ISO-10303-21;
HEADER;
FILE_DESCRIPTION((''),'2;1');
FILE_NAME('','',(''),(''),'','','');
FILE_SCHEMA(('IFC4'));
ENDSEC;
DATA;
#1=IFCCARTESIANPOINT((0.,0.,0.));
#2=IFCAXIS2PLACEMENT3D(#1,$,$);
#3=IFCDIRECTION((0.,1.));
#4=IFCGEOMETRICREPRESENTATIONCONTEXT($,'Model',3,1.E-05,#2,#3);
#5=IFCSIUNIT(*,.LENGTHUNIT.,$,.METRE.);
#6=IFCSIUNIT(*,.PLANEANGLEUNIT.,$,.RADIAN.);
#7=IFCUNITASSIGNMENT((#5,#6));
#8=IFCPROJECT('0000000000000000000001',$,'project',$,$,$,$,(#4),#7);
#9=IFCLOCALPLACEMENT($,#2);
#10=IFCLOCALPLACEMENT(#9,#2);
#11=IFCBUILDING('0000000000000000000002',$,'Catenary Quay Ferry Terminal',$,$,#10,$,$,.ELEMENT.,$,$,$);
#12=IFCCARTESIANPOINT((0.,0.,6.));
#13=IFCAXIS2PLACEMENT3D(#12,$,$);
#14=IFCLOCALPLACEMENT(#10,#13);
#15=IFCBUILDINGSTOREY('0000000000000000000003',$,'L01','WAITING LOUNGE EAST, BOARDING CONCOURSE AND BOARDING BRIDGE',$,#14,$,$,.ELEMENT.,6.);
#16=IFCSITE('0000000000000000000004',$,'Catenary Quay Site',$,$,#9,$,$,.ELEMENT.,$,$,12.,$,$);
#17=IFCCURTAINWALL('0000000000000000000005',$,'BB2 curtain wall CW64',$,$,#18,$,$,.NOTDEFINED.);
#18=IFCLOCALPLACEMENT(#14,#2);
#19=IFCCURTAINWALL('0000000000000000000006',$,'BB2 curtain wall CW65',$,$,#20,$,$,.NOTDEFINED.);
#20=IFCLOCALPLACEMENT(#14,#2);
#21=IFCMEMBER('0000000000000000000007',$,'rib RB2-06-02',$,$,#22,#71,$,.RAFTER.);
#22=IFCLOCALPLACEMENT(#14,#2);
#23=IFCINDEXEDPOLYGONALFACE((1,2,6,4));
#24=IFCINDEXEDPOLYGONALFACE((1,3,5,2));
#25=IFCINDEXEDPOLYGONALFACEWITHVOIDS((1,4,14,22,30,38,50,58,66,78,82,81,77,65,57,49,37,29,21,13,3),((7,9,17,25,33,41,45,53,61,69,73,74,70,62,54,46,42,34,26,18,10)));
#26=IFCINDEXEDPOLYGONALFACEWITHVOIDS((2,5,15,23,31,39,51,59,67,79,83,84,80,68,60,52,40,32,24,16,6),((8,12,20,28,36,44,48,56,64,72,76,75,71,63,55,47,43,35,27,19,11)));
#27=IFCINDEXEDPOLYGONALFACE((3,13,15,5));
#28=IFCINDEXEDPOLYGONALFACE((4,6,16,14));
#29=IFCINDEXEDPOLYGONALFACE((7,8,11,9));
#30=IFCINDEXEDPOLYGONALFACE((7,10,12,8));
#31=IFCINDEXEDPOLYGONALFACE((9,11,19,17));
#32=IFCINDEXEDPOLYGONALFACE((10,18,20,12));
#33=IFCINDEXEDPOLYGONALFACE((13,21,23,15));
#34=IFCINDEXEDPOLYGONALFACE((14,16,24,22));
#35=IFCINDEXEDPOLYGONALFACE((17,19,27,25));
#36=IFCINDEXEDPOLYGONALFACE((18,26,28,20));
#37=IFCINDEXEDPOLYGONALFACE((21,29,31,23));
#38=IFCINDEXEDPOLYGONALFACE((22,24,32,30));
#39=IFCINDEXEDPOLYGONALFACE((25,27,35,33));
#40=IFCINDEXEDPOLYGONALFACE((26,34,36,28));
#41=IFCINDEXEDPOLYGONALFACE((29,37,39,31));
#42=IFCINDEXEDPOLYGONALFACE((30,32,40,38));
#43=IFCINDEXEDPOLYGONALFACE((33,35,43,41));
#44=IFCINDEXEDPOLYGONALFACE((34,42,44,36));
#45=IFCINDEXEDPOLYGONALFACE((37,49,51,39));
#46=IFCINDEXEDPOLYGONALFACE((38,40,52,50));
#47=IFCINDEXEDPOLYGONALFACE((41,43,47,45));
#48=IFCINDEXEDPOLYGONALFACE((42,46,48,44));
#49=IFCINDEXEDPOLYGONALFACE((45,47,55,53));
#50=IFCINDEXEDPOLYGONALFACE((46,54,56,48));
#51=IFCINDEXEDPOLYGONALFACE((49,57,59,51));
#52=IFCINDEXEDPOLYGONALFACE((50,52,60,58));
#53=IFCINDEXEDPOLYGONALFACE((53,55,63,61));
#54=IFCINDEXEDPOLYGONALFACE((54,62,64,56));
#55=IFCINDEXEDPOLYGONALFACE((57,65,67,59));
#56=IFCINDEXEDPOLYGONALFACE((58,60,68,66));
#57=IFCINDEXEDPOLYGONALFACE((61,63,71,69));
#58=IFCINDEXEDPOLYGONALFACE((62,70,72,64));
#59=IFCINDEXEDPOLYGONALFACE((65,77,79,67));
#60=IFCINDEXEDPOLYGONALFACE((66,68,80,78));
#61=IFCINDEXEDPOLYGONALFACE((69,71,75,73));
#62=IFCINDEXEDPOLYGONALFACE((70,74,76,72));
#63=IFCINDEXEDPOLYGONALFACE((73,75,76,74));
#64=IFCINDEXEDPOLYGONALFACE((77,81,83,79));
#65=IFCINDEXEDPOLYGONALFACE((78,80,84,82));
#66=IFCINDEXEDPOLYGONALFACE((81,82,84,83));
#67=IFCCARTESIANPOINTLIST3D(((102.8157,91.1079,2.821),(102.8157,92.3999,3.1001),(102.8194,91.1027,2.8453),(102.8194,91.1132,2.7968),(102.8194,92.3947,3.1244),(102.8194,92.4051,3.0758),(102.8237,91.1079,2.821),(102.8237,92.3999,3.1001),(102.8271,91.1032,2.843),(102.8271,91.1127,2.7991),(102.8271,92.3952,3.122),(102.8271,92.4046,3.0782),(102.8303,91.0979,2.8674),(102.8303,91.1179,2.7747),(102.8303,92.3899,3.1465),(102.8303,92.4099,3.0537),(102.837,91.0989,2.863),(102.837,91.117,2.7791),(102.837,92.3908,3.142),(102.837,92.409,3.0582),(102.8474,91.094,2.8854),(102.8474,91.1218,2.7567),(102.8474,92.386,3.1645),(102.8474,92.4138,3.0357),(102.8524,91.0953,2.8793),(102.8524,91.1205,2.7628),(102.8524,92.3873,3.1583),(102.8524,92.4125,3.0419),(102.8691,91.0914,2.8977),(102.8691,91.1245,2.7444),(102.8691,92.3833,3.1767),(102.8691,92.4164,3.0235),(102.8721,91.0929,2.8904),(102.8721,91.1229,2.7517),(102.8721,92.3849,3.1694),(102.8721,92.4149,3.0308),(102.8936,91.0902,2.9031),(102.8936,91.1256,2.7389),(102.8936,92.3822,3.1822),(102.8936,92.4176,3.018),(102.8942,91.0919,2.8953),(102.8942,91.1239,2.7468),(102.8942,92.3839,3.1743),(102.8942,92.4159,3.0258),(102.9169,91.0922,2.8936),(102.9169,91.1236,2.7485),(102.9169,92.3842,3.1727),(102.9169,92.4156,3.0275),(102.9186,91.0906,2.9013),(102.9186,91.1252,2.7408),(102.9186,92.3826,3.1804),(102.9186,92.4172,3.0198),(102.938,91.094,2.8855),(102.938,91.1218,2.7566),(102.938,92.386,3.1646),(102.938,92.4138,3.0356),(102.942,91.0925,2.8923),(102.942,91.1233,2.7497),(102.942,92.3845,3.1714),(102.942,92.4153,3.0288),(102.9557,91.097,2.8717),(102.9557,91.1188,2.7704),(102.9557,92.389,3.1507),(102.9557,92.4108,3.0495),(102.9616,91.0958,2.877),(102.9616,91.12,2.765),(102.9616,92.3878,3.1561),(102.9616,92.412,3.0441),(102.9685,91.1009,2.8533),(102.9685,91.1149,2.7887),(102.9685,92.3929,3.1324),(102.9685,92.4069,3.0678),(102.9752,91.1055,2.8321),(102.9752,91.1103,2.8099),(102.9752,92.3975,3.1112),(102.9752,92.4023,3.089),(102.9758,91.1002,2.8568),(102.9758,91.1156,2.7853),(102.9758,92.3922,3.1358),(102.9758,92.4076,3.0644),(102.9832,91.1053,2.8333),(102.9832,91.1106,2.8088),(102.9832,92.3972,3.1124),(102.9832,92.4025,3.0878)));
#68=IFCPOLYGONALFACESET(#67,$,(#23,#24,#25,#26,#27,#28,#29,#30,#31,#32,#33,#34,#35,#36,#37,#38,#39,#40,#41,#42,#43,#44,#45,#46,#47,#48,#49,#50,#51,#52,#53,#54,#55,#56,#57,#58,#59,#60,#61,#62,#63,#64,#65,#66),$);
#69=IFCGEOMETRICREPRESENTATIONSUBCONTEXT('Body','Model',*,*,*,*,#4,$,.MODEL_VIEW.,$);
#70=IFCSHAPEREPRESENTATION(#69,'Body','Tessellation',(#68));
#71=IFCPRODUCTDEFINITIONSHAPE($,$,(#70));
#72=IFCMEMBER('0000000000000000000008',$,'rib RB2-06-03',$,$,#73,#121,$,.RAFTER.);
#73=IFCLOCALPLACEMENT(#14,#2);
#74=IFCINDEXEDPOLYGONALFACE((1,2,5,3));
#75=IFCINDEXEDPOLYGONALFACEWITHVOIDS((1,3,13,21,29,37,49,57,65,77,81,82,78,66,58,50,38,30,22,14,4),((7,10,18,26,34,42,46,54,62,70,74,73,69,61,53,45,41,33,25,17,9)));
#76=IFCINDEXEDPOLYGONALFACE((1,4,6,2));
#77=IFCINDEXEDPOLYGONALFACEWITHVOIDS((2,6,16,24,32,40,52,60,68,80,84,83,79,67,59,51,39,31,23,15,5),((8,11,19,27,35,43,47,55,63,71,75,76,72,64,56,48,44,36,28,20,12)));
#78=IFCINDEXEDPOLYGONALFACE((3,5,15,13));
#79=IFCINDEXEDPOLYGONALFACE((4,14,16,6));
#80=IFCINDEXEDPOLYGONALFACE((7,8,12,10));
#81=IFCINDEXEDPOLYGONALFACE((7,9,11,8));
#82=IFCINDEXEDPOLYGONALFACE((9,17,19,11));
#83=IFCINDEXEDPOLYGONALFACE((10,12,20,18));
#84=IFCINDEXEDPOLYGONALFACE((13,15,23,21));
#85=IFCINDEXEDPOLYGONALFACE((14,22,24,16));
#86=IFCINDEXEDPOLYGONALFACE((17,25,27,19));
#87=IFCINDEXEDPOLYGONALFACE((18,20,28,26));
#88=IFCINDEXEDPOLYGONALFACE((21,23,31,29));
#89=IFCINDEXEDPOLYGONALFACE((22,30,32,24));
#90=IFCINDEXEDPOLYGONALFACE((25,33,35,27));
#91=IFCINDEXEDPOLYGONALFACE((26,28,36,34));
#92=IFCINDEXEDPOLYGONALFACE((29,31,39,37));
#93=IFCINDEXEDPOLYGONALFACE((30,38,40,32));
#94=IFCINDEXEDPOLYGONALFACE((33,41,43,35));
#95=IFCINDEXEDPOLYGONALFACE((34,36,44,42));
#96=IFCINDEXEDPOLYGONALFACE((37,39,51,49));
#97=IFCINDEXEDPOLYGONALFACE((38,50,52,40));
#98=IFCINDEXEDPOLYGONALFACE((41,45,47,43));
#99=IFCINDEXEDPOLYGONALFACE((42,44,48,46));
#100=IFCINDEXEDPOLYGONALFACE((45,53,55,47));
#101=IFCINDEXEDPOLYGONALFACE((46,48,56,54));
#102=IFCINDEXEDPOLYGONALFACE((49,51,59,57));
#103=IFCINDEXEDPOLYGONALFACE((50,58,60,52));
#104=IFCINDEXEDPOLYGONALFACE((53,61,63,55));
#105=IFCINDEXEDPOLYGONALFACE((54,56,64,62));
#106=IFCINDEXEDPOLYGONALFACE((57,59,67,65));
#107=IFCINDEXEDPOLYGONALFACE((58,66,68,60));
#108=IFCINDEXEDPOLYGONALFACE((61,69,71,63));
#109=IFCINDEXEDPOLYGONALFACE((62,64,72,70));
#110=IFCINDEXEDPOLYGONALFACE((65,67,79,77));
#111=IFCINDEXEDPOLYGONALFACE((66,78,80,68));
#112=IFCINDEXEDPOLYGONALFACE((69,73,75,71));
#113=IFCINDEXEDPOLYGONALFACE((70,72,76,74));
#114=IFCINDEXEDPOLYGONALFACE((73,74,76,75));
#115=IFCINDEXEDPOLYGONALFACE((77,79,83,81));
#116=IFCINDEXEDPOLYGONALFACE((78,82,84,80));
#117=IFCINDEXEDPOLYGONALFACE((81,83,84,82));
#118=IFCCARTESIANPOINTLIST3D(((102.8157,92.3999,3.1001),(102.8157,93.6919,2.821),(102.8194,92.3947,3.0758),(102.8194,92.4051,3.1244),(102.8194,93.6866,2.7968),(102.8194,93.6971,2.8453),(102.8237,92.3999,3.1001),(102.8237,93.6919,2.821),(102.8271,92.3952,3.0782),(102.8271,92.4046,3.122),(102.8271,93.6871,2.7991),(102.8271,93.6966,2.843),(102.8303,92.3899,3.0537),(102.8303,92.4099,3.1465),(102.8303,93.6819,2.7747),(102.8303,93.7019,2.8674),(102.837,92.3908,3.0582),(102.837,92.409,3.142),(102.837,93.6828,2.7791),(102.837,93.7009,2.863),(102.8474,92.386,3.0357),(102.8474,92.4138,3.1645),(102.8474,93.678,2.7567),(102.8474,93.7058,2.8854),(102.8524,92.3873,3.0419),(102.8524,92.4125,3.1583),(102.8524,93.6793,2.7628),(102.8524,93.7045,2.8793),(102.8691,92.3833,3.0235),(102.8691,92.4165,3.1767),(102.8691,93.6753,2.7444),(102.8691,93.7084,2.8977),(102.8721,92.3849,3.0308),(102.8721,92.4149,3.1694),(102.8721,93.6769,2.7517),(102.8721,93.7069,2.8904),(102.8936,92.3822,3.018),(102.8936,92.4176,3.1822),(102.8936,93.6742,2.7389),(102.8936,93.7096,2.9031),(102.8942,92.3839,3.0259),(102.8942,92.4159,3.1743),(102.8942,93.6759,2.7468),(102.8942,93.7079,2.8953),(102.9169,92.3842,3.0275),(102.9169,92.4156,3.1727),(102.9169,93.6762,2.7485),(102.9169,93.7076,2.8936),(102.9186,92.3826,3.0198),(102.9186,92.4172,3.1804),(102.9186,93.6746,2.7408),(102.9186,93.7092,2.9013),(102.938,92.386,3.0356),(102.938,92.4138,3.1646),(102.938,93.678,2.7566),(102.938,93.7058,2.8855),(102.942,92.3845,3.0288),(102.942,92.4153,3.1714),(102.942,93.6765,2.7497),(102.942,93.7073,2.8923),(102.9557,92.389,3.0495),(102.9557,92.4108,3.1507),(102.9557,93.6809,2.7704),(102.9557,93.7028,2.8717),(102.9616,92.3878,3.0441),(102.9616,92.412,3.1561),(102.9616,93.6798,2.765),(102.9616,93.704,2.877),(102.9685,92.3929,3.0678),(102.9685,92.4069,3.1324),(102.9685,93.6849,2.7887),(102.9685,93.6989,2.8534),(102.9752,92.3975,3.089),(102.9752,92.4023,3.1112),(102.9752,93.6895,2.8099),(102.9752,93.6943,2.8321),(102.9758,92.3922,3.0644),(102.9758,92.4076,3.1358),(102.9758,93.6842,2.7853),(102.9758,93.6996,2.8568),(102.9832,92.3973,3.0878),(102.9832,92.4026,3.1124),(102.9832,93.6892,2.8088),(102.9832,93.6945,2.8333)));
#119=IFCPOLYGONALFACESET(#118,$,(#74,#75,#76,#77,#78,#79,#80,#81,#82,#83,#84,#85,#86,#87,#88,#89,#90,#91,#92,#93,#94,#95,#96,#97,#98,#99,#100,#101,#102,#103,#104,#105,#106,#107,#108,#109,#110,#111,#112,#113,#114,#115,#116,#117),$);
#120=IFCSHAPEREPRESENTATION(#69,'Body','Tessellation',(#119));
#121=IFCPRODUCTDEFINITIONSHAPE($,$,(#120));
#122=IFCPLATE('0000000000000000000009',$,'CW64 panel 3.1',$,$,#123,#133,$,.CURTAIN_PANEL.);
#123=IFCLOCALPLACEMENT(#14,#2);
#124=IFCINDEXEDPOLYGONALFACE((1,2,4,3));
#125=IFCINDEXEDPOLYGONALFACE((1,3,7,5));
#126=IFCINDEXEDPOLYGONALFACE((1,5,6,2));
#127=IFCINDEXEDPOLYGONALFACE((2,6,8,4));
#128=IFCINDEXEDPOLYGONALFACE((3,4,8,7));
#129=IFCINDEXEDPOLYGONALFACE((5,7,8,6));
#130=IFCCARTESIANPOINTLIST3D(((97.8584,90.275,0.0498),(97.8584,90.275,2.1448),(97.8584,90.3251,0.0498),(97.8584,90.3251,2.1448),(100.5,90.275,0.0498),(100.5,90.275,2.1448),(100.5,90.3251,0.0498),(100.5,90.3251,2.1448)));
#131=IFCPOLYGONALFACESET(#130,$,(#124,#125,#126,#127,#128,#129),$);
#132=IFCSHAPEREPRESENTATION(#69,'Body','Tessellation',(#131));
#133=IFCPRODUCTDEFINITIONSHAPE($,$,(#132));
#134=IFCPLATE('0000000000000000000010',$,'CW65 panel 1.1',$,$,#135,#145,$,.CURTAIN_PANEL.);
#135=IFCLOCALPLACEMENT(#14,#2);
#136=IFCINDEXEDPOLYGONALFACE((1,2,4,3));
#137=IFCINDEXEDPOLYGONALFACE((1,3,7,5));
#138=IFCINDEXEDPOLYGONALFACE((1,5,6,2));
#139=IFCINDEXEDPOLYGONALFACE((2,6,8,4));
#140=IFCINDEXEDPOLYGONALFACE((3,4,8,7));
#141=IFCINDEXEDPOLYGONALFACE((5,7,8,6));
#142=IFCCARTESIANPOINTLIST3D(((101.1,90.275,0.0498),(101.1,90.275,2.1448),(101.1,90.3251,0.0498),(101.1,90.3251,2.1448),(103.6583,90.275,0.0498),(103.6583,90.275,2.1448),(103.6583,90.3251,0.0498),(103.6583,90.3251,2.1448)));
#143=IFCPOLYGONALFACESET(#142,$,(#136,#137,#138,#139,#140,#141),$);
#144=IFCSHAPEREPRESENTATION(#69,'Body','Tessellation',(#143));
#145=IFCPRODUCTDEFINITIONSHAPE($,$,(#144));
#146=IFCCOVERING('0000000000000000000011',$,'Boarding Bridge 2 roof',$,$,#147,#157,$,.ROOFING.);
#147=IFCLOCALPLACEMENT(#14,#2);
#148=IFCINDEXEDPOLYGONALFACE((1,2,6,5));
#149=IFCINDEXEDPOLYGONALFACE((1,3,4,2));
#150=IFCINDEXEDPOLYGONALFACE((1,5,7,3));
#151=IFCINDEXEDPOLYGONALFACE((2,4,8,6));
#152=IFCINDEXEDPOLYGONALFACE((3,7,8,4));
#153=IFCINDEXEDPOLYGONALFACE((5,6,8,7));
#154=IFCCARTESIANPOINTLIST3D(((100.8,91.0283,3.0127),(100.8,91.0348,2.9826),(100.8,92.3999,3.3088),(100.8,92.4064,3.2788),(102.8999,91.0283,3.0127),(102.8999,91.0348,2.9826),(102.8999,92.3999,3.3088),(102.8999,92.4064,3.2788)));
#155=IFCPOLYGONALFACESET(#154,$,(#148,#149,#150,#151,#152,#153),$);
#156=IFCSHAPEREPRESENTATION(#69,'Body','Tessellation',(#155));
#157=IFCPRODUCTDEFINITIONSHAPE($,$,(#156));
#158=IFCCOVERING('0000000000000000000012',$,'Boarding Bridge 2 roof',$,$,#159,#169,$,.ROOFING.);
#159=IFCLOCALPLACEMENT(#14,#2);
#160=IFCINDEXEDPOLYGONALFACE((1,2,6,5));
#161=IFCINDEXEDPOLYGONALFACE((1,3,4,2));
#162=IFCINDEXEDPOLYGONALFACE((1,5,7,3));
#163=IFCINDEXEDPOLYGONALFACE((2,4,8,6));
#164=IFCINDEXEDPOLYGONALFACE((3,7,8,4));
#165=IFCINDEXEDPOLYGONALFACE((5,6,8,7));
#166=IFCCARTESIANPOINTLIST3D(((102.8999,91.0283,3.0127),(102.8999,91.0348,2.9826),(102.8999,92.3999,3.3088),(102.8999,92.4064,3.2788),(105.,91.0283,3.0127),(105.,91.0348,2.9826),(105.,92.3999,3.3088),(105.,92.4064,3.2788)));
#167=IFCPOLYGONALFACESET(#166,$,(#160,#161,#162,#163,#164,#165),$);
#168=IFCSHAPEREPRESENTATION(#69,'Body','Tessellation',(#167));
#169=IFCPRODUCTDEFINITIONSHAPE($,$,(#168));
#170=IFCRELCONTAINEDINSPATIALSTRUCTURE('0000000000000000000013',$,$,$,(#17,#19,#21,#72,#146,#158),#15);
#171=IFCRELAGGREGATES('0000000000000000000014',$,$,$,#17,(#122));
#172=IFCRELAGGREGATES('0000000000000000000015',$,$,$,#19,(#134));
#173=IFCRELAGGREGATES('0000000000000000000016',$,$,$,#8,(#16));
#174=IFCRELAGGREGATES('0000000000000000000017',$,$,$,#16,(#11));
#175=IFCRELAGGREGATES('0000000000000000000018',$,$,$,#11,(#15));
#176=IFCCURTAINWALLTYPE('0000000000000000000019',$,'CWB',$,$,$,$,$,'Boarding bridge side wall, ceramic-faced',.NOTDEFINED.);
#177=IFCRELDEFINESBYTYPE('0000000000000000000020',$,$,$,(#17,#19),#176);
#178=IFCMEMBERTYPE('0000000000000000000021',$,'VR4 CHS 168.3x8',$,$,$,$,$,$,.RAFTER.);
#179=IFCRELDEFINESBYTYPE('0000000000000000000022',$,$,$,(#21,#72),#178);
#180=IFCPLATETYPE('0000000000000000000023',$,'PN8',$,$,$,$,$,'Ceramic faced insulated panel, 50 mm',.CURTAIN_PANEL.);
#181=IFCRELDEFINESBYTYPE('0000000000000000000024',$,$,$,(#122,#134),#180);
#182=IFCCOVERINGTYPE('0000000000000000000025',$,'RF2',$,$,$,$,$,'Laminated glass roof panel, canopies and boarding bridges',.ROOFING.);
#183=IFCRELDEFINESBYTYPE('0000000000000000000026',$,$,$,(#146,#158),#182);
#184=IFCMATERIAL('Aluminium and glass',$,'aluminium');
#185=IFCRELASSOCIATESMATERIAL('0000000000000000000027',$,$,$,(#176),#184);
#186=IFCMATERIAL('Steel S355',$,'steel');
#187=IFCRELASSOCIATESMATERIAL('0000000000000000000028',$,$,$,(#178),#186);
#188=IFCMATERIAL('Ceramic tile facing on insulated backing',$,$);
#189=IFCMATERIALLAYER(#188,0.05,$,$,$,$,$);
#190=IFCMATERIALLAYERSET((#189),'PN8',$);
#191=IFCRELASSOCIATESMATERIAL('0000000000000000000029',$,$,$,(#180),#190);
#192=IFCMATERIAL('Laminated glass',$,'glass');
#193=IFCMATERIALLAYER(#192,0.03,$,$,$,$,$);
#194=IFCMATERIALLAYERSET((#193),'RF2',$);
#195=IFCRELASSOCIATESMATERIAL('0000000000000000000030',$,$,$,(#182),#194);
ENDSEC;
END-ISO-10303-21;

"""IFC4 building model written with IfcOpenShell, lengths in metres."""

from ifc_helpers import new_model, si_unit, direction, frame, origin, origin_2d, place, context, subcontext, project, spatial, polyline, rectangle, hollow_circle, outline, extrude, material, layer, layer_set, material_profile, profile_set, type_object, element, aggregate, save


model = new_model("IFC4")

# Units and contexts
model_context = context("Model", 3, precision=1e-05, world=origin(), true_north=direction((0.0, 1.0)))
body_context = subcontext(model_context, "Body", "Model", "MODEL_VIEW")
ifc_project = project(units=[si_unit("LENGTHUNIT", "METRE"), si_unit("PLANEANGLEUNIT", "RADIAN")], contexts=[model_context])

# Site, building, storey
site_placement = place(None, origin())
site = spatial("IfcSite", under=ifc_project, at=site_placement, Name="Catenary Quay Site", CompositionType="ELEMENT", RefElevation=12.0)
building_placement = place(site_placement, origin())
building = spatial("IfcBuilding", under=site, at=building_placement, Name="Catenary Quay Ferry Terminal", CompositionType="ELEMENT")
storey_placement = place(building_placement, frame((0.0, 0.0, 6.0)))
storey = spatial("IfcBuildingStorey", under=building, at=storey_placement, Name="L01", Description="WAITING LOUNGE EAST, BOARDING CONCOURSE AND BOARDING BRIDGE", CompositionType="ELEMENT", Elevation=6.0)

# Curtain wall
ifc_material_1 = material(Name="Aluminium and glass", Category="aluminium")
curtain_wall_type = type_object("IfcCurtainWallType", Name="CWB", ElementType="Boarding bridge side wall, ceramic-faced", PredefinedType="NOTDEFINED", material=ifc_material_1)
curtain_wall_1_placement = place(storey_placement, origin())
curtain_wall_1 = element("IfcCurtainWall", 1, at=curtain_wall_1_placement, inside=storey, type_object=curtain_wall_type, Name="BB2 curtain wall CW64", PredefinedType="NOTDEFINED")

# Curtain wall
curtain_wall_2_placement = place(storey_placement, origin())
curtain_wall_2 = element("IfcCurtainWall", 2, at=curtain_wall_2_placement, inside=storey, type_object=curtain_wall_type, Name="BB2 curtain wall CW65", PredefinedType="NOTDEFINED")

# Members
ifc_material_2 = material(Name="Steel S355", Category="steel")
ifc_material_profile_1 = material_profile(ifc_material_2, hollow_circle(Radius=0.0842, WallThickness=0.0081, at=origin_2d()), Name="CHS 168.3x8")
ifc_profile_set_1 = profile_set([ifc_material_profile_1], Name="Steel S355")
member_type_1 = type_object("IfcMemberType", Name="VR4 CHS 168.3x8", PredefinedType="RAFTER", material=ifc_profile_set_1)
for number, where, z_axis, x_axis, name in (
    (3, (102.8999, 91.1079, 2.821), (0.0, 0.977461, 0.211118), (-1.0, 0.0, 0.0), "rib RB2-06-02"),
    (4, (102.8999, 92.3999, 3.1001), (0.0, 0.977461, -0.211118), (-1.0, 0.0, 0.0), "rib RB2-06-03"),
):
    element("IfcMember", number, at=place(storey_placement, frame(where, z_axis=z_axis, x_axis=x_axis)), inside=storey, type_object=member_type_1, Name=name, PredefinedType="RAFTER", context=body_context, shape_type="SweptSolid", body=[
        extrude(hollow_circle(Radius=0.0842, WallThickness=0.0081, at=origin_2d()), origin(), (0.0, 0.0, 1.0), 1.3218),
    ])

# Plates
ifc_material_3 = material(Name="Ceramic tile facing on insulated backing")
ifc_layer_1 = layer(ifc_material_3, 0.05)
ifc_layer_set_1 = layer_set([ifc_layer_1], Name="PN8")
plate_type = type_object("IfcPlateType", Name="PN8", ElementType="Ceramic faced insulated panel, 50 mm", PredefinedType="CURTAIN_PANEL", material=ifc_layer_set_1)
plate_1_placement = place(storey_placement, frame((99.1792, 90.3, 0.0498), z_axis=(0.0, 0.0, 1.0), x_axis=(1.0, 0.0, 0.0)))
plate_1 = element("IfcPlate", 5, at=plate_1_placement, type_object=plate_type, Name="CW64 panel 3.1", PredefinedType="CURTAIN_PANEL", context=body_context, shape_type="SweptSolid", body=[
    extrude(rectangle(XDim=2.6416, YDim=0.05, at=origin_2d()), origin(), (0.0, 0.0, 1.0), 2.095),
])
aggregate(curtain_wall_1, [plate_1])
plate_2_placement = place(storey_placement, frame((102.3792, 90.3, 0.0498), z_axis=(0.0, 0.0, 1.0), x_axis=(1.0, 0.0, 0.0)))
plate_2 = element("IfcPlate", 6, at=plate_2_placement, type_object=plate_type, Name="CW65 panel 1.1", PredefinedType="CURTAIN_PANEL", context=body_context, shape_type="SweptSolid", body=[
    extrude(rectangle(XDim=2.5583, YDim=0.05, at=origin_2d()), origin(), (0.0, 0.0, 1.0), 2.095),
])
aggregate(curtain_wall_2, [plate_2])

# Coverings
ifc_material_4 = material(Name="Laminated glass", Category="glass")
ifc_layer_2 = layer(ifc_material_4, 0.03)
ifc_layer_set_2 = layer_set([ifc_layer_2], Name="RF2")
covering_type = type_object("IfcCoveringType", Name="RF2", ElementType="Laminated glass roof panel, canopies and boarding bridges", PredefinedType="ROOFING", material=ifc_layer_set_2)
covering_1_placement = place(storey_placement, frame((100.8, 91.0283, 3.0127), z_axis=(0.0, -0.21105, 0.977475), x_axis=(1.0, 0.0, 0.0)))
element("IfcCovering", 7, at=covering_1_placement, inside=storey, type_object=covering_type, Name="Boarding Bridge 2 roof", PredefinedType="ROOFING", context=body_context, shape_type="SweptSolid", body=[
    extrude(outline(polyline([(0.0, 0.0), (2.0999, 0.0), (2.0999, 1.4032), (0.0, 1.4032), (0.0, 0.0)])), origin(), (0.0, 0.0, -1.0), 0.0308),
])
covering_2_placement = place(storey_placement, frame((102.8999, 91.0283, 3.0127), z_axis=(0.0, -0.21105, 0.977475), x_axis=(1.0, 0.0, 0.0)))
element("IfcCovering", 8, at=covering_2_placement, inside=storey, type_object=covering_type, Name="Boarding Bridge 2 roof", PredefinedType="ROOFING", context=body_context, shape_type="SweptSolid", body=[
    extrude(outline(polyline([(0.0, 0.0), (2.1001, 0.0), (2.1001, 1.4032), (0.0, 1.4032), (0.0, 0.0)])), origin(), (0.0, 0.0, -1.0), 0.0308),
])

save(model, "model.ifc")
